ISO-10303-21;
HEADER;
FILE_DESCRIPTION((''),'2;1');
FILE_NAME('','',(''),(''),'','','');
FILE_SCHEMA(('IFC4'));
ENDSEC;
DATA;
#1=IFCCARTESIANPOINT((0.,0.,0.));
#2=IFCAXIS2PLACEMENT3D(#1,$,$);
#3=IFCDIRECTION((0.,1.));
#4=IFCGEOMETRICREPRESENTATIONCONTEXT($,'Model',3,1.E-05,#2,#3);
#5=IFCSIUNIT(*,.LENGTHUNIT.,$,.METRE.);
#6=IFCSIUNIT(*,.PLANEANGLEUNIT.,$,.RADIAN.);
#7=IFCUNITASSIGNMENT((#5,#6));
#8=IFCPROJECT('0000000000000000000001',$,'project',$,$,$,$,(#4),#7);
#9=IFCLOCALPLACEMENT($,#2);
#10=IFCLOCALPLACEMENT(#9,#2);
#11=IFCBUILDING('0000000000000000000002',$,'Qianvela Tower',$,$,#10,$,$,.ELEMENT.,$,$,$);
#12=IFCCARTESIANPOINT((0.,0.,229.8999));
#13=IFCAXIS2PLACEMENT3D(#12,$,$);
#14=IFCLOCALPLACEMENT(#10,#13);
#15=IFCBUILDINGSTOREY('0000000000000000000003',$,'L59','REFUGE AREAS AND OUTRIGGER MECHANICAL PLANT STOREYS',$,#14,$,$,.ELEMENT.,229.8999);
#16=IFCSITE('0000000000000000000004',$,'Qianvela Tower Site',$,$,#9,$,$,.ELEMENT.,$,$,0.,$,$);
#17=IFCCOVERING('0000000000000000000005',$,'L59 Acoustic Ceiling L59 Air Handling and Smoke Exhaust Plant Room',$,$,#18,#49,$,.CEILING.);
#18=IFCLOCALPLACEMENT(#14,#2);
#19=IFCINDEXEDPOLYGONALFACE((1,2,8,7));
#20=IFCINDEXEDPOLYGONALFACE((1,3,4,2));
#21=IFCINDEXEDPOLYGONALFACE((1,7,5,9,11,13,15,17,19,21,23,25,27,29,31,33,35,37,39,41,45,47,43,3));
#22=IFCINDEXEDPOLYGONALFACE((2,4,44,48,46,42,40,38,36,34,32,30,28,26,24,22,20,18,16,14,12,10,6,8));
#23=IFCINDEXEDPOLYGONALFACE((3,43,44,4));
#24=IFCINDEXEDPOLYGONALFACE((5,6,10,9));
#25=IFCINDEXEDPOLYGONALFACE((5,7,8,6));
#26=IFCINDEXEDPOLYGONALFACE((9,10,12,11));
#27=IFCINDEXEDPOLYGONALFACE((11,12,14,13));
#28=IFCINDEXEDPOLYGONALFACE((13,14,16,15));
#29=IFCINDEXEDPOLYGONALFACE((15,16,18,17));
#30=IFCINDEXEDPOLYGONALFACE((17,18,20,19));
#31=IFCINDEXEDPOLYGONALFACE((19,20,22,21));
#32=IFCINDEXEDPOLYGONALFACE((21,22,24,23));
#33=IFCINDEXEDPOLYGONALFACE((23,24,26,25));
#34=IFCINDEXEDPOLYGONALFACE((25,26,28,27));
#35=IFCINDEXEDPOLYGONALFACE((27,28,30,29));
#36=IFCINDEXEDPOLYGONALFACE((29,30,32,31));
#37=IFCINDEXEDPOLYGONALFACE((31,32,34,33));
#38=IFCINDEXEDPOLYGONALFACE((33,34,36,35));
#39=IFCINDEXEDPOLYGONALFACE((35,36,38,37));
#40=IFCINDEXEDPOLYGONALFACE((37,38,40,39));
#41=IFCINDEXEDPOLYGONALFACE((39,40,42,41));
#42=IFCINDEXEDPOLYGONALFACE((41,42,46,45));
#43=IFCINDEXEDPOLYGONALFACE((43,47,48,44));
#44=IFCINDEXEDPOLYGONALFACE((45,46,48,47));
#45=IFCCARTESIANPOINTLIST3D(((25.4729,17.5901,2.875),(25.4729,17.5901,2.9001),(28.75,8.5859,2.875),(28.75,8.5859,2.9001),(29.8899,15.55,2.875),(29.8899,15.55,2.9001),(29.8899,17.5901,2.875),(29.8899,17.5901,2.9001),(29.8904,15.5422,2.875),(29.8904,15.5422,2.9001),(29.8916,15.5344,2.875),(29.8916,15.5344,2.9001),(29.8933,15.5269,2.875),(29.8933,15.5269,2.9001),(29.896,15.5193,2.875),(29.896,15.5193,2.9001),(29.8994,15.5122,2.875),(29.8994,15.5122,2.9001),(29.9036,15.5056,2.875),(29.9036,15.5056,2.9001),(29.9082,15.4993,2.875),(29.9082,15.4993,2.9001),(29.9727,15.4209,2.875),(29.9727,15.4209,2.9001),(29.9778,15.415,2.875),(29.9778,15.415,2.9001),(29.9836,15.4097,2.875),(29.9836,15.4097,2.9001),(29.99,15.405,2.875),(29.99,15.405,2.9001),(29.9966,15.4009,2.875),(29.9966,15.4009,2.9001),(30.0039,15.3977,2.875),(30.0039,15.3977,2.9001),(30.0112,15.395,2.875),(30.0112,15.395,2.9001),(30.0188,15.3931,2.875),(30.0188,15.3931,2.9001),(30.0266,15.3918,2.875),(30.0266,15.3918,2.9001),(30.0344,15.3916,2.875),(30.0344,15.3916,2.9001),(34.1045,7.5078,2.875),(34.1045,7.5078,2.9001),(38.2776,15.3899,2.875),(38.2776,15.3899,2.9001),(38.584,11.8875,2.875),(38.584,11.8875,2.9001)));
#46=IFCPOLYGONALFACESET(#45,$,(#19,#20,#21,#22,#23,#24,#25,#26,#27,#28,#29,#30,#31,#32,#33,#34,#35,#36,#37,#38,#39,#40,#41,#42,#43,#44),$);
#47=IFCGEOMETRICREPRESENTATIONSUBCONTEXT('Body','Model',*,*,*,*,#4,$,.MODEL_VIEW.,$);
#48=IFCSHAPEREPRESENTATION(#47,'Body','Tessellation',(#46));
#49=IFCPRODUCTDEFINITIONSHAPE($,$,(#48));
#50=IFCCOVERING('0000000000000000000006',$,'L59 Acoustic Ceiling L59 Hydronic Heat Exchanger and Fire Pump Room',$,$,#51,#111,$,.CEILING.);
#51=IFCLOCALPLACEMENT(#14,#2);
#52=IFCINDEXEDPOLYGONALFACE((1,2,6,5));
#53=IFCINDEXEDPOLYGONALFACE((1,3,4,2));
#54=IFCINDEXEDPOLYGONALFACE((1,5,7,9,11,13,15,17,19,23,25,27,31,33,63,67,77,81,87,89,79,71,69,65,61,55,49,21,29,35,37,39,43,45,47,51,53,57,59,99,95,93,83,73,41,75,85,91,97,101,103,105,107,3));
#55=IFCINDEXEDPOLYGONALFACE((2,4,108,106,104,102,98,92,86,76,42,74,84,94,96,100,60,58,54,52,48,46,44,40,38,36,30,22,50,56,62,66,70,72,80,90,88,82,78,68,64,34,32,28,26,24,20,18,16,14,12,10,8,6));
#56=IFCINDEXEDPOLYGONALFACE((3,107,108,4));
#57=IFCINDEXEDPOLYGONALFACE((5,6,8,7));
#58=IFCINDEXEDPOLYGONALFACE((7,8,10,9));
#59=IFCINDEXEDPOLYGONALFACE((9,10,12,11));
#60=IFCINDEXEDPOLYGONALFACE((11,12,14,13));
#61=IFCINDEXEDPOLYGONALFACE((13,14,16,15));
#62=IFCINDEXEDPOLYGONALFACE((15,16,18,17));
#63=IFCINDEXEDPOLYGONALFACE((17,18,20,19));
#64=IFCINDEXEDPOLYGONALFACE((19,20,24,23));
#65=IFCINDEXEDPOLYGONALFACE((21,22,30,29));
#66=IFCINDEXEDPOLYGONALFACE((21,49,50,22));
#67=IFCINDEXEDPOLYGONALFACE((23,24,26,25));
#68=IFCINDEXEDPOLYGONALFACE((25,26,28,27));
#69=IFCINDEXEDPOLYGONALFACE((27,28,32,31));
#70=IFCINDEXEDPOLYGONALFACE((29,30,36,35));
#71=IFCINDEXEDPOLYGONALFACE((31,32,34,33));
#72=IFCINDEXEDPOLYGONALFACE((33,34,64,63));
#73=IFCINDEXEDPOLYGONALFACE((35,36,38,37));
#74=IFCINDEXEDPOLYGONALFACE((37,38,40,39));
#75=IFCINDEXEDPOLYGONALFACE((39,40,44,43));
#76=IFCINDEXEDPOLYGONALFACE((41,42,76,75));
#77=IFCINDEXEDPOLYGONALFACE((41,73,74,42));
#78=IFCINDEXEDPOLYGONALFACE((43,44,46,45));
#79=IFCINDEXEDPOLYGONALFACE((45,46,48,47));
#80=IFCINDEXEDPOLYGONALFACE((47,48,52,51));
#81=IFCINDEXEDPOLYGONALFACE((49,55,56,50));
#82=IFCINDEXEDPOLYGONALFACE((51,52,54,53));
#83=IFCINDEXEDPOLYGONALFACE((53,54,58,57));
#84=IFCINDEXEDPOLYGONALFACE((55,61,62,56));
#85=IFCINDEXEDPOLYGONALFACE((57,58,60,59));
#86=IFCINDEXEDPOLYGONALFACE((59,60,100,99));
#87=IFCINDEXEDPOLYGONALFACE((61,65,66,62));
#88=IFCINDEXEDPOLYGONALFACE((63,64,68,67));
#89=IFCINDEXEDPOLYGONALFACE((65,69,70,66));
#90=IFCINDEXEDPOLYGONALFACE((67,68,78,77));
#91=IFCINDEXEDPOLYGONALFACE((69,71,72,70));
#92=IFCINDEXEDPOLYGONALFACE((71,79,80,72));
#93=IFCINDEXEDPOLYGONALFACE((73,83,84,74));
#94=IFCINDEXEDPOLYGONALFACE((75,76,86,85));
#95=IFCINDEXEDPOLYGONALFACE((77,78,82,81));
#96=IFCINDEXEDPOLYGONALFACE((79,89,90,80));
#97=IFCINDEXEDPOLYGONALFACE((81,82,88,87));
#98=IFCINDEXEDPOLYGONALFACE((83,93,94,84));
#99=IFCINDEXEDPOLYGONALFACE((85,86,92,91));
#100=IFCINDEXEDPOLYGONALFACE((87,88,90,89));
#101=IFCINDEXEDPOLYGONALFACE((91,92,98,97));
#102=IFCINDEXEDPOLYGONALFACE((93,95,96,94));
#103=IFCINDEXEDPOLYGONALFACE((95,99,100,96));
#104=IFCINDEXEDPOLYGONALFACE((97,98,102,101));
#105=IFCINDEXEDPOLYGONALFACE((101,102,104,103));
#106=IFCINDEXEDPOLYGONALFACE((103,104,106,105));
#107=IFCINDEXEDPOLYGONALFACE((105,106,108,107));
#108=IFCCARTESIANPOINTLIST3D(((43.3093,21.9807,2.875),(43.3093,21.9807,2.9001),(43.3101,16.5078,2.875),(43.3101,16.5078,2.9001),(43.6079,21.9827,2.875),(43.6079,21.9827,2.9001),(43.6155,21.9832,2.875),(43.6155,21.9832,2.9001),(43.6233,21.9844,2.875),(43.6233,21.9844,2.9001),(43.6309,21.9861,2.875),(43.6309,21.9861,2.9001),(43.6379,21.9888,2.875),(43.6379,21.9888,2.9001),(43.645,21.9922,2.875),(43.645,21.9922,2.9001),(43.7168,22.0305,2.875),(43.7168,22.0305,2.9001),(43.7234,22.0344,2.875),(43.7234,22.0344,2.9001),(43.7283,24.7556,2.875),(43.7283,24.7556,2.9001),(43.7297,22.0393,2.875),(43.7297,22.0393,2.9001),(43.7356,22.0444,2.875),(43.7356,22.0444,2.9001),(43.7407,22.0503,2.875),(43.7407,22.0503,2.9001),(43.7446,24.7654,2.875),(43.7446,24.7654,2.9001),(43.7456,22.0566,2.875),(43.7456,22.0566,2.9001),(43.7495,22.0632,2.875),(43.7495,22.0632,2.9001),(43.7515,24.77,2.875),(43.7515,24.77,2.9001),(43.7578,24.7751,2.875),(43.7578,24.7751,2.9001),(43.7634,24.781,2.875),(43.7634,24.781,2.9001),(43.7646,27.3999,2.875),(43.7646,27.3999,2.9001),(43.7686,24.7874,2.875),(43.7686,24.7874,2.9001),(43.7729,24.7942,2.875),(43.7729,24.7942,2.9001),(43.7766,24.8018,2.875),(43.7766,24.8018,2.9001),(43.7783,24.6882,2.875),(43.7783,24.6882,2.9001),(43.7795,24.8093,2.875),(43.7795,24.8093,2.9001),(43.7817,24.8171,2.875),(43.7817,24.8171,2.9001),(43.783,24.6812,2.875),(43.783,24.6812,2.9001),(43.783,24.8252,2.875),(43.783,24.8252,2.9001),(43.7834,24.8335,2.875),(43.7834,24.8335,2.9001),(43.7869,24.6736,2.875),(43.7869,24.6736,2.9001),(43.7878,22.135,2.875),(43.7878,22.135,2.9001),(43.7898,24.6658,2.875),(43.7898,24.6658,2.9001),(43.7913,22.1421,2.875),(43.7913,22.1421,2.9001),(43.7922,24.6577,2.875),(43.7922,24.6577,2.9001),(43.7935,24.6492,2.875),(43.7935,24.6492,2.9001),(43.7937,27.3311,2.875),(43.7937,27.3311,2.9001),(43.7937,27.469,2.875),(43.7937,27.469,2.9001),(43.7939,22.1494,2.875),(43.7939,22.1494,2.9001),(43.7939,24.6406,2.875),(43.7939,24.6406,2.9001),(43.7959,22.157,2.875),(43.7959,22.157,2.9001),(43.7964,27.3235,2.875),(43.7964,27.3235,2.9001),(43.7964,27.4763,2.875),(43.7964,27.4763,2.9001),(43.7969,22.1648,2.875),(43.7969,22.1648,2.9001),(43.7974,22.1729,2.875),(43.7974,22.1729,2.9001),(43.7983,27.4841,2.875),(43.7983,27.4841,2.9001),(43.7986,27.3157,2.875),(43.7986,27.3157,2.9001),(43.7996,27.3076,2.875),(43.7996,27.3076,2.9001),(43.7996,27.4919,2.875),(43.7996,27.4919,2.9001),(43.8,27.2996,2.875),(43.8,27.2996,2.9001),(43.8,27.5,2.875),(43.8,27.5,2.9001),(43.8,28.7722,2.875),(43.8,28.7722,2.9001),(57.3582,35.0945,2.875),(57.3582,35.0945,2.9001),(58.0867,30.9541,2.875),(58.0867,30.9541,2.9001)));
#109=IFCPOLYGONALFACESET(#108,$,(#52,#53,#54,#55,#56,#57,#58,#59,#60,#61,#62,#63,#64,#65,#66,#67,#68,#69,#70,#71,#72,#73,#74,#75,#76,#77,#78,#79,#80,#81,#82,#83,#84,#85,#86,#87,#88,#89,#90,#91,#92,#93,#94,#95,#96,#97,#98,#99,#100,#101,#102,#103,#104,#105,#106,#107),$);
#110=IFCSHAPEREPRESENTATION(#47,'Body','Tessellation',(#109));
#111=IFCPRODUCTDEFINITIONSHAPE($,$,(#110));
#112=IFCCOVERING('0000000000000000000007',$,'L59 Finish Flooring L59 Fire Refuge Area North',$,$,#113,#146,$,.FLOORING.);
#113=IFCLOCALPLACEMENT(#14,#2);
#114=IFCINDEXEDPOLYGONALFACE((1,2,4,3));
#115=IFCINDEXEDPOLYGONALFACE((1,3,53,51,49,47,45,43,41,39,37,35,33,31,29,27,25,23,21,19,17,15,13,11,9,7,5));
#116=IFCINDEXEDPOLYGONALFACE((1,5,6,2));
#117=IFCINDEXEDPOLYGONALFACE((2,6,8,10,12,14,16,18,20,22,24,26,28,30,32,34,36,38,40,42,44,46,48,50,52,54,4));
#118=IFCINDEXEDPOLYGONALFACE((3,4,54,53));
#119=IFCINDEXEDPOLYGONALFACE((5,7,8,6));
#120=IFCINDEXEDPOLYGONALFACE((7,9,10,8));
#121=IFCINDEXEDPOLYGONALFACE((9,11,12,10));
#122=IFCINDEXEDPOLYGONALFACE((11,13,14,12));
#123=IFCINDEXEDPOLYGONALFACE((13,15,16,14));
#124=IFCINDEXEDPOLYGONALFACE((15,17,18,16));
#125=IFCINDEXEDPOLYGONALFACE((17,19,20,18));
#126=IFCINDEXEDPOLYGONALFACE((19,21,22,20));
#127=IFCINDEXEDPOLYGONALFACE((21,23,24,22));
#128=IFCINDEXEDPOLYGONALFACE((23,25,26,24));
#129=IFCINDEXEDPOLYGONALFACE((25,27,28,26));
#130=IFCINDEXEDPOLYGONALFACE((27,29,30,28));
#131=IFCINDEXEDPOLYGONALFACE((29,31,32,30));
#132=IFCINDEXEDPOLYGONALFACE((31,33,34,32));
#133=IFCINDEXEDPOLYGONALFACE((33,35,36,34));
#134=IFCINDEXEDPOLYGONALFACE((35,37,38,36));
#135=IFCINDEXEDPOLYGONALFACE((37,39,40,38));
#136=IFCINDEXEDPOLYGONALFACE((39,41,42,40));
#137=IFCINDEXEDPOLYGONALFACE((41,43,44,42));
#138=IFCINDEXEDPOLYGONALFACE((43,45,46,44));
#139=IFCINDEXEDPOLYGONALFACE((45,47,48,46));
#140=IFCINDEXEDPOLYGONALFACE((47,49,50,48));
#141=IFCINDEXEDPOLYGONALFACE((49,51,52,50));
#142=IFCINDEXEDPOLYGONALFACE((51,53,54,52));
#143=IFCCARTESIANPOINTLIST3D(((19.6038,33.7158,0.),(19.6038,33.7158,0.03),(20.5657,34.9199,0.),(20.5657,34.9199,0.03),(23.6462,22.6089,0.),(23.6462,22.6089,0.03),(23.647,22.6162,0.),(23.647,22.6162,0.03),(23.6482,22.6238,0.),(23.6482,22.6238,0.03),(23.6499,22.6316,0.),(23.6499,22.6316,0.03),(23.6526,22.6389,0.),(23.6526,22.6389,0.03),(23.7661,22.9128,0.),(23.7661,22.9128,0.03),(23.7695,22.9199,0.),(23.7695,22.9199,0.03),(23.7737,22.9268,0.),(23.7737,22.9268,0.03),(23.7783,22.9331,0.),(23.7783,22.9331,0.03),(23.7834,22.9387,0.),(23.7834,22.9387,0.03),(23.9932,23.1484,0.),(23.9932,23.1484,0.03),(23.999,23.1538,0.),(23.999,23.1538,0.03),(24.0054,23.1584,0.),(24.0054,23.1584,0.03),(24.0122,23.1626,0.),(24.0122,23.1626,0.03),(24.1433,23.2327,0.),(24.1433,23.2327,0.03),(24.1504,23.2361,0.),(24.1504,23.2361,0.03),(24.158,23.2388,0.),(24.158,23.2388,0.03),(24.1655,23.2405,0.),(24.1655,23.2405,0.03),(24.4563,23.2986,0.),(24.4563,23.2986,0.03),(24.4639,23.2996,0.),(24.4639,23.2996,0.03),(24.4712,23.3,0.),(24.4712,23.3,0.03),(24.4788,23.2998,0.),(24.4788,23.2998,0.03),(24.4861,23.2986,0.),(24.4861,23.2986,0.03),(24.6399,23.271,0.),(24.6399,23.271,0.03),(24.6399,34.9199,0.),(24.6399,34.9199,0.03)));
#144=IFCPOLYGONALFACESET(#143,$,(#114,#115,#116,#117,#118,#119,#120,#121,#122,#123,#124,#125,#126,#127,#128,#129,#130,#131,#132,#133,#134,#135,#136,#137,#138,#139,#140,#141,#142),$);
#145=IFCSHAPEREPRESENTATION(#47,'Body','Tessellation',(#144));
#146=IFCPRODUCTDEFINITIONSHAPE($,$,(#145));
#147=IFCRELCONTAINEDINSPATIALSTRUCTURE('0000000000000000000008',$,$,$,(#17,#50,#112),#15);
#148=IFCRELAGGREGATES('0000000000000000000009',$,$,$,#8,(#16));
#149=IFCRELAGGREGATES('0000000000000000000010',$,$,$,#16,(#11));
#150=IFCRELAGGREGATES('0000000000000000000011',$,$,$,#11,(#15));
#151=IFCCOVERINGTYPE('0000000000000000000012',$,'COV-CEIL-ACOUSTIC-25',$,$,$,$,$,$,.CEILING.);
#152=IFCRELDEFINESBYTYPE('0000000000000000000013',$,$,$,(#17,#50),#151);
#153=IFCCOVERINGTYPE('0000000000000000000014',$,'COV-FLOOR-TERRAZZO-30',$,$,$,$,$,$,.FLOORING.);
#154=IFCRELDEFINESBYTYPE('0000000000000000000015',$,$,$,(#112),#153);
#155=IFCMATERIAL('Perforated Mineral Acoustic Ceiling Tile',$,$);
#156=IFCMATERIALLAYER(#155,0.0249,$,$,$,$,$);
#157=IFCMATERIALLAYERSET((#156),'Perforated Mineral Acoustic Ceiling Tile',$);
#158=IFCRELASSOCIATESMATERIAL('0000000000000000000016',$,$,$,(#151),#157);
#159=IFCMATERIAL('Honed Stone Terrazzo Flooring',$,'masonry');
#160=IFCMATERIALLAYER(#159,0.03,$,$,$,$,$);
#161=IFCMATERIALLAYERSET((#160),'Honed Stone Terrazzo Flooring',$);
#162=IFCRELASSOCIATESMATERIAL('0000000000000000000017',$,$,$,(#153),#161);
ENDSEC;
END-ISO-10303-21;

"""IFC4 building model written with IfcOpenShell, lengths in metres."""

from ifc_helpers import new_model, si_unit, direction, frame, origin, place, context, subcontext, project, spatial, polyline, outline, extrude, material, layer, layer_set, type_object, element, save


model = new_model("IFC4")

# Units and contexts
model_context = context("Model", 3, precision=1e-05, world=origin(), true_north=direction((0.0, 1.0)))
body_context = subcontext(model_context, "Body", "Model", "MODEL_VIEW")
ifc_project = project(units=[si_unit("LENGTHUNIT", "METRE"), si_unit("PLANEANGLEUNIT", "RADIAN")], contexts=[model_context])

# Site, building, storey
site_placement = place(None, origin())
site = spatial("IfcSite", under=ifc_project, at=site_placement, Name="Qianvela Tower Site", CompositionType="ELEMENT", RefElevation=0.0)
building_placement = place(site_placement, origin())
building = spatial("IfcBuilding", under=site, at=building_placement, Name="Qianvela Tower", CompositionType="ELEMENT")
storey_placement = place(building_placement, frame((0.0, 0.0, 229.8999)))
storey = spatial("IfcBuildingStorey", under=building, at=storey_placement, Name="L59", Description="REFUGE AREAS AND OUTRIGGER MECHANICAL PLANT STOREYS", CompositionType="ELEMENT", Elevation=229.8999)

# Coverings
ifc_material_1 = material(Name="Perforated Mineral Acoustic Ceiling Tile")
ifc_layer_1 = layer(ifc_material_1, 0.0249)
ifc_layer_set_1 = layer_set([ifc_layer_1], Name="Perforated Mineral Acoustic Ceiling Tile")
covering_type_1 = type_object("IfcCoveringType", Name="COV-CEIL-ACOUSTIC-25", PredefinedType="CEILING", material=ifc_layer_set_1)
covering_1_placement = place(storey_placement, frame((0.0, 0.0, 2.875)))
element("IfcCovering", 1, at=covering_1_placement, inside=storey, type_object=covering_type_1, Name="L59 Acoustic Ceiling L59 Air Handling and Smoke Exhaust Plant Room", PredefinedType="CEILING", context=body_context, shape_type="SweptSolid", body=[
    extrude(outline(polyline([(25.4729, 17.5901), (29.8899, 17.5901), (29.8899, 15.55), (29.8904, 15.5422), (29.8916, 15.5344), (29.8933, 15.5269), (29.896, 15.5193), (29.8994, 15.5122), (29.9036, 15.5056), (29.9082, 15.4993), (29.9727, 15.4209), (29.9778, 15.415), (29.9836, 15.4097), (29.99, 15.405), (29.9966, 15.4009), (30.0039, 15.3977), (30.0112, 15.395), (30.0188, 15.3931), (30.0266, 15.3918), (30.0344, 15.3916), (38.2776, 15.3899), (38.584, 11.8875), (34.1045, 7.5078), (28.75, 8.5859), (25.4729, 17.5901)])), origin(), (0.0, 0.0, 1.0), 0.0251),
])
covering_2_placement = place(storey_placement, frame((0.0, 0.0, 2.875)))
element("IfcCovering", 2, at=covering_2_placement, inside=storey, type_object=covering_type_1, Name="L59 Acoustic Ceiling L59 Hydronic Heat Exchanger and Fire Pump Room", PredefinedType="CEILING", context=body_context, shape_type="SweptSolid", body=[
    extrude(outline(polyline([(43.3093, 21.9807), (43.6079, 21.9827), (43.6155, 21.9832), (43.6233, 21.9844), (43.6309, 21.9861), (43.6379, 21.9888), (43.645, 21.9922), (43.7168, 22.0305), (43.7234, 22.0344), (43.7297, 22.0393), (43.7356, 22.0444), (43.7407, 22.0503), (43.7456, 22.0566), (43.7495, 22.0632), (43.7878, 22.135), (43.7913, 22.1421), (43.7939, 22.1494), (43.7959, 22.157), (43.7969, 22.1648), (43.7974, 22.1729), (43.7939, 24.6406), (43.7935, 24.6492), (43.7922, 24.6577), (43.7898, 24.6658), (43.7869, 24.6736), (43.783, 24.6812), (43.7783, 24.6882), (43.7283, 24.7556), (43.7446, 24.7654), (43.7515, 24.77), (43.7578, 24.7751), (43.7634, 24.781), (43.7686, 24.7874), (43.7729, 24.7942), (43.7766, 24.8018), (43.7795, 24.8093), (43.7817, 24.8171), (43.783, 24.8252), (43.7834, 24.8335), (43.8, 27.2996), (43.7996, 27.3076), (43.7986, 27.3157), (43.7964, 27.3235), (43.7937, 27.3311), (43.7646, 27.3999), (43.7937, 27.469), (43.7964, 27.4763), (43.7983, 27.4841), (43.7996, 27.4919), (43.8, 27.5), (43.8, 28.7722), (57.3582, 35.0945), (58.0867, 30.9541), (43.3101, 16.5078), (43.3093, 21.9807)])), origin(), (0.0, 0.0, 1.0), 0.0251),
])
ifc_material_2 = material(Name="Honed Stone Terrazzo Flooring", Category="masonry")
ifc_layer_2 = layer(ifc_material_2, 0.03)
ifc_layer_set_2 = layer_set([ifc_layer_2], Name="Honed Stone Terrazzo Flooring")
covering_type_2 = type_object("IfcCoveringType", Name="COV-FLOOR-TERRAZZO-30", PredefinedType="FLOORING", material=ifc_layer_set_2)
covering_3_placement = place(storey_placement, origin())
element("IfcCovering", 3, at=covering_3_placement, inside=storey, type_object=covering_type_2, Name="L59 Finish Flooring L59 Fire Refuge Area North", PredefinedType="FLOORING", context=body_context, shape_type="SweptSolid", body=[
    extrude(outline(polyline([(19.6038, 33.7158), (20.5657, 34.9199), (24.6399, 34.9199), (24.6399, 23.271), (24.4861, 23.2986), (24.4788, 23.2998), (24.4712, 23.3), (24.4639, 23.2996), (24.4563, 23.2986), (24.1655, 23.2405), (24.158, 23.2388), (24.1504, 23.2361), (24.1433, 23.2327), (24.0122, 23.1626), (24.0054, 23.1584), (23.999, 23.1538), (23.9932, 23.1484), (23.7834, 22.9387), (23.7783, 22.9331), (23.7737, 22.9268), (23.7695, 22.9199), (23.7661, 22.9128), (23.6526, 22.6389), (23.6499, 22.6316), (23.6482, 22.6238), (23.647, 22.6162), (23.6462, 22.6089), (19.6038, 33.7158)])), origin(), (0.0, 0.0, 1.0), 0.03),
])

save(model, "model.ifc")
